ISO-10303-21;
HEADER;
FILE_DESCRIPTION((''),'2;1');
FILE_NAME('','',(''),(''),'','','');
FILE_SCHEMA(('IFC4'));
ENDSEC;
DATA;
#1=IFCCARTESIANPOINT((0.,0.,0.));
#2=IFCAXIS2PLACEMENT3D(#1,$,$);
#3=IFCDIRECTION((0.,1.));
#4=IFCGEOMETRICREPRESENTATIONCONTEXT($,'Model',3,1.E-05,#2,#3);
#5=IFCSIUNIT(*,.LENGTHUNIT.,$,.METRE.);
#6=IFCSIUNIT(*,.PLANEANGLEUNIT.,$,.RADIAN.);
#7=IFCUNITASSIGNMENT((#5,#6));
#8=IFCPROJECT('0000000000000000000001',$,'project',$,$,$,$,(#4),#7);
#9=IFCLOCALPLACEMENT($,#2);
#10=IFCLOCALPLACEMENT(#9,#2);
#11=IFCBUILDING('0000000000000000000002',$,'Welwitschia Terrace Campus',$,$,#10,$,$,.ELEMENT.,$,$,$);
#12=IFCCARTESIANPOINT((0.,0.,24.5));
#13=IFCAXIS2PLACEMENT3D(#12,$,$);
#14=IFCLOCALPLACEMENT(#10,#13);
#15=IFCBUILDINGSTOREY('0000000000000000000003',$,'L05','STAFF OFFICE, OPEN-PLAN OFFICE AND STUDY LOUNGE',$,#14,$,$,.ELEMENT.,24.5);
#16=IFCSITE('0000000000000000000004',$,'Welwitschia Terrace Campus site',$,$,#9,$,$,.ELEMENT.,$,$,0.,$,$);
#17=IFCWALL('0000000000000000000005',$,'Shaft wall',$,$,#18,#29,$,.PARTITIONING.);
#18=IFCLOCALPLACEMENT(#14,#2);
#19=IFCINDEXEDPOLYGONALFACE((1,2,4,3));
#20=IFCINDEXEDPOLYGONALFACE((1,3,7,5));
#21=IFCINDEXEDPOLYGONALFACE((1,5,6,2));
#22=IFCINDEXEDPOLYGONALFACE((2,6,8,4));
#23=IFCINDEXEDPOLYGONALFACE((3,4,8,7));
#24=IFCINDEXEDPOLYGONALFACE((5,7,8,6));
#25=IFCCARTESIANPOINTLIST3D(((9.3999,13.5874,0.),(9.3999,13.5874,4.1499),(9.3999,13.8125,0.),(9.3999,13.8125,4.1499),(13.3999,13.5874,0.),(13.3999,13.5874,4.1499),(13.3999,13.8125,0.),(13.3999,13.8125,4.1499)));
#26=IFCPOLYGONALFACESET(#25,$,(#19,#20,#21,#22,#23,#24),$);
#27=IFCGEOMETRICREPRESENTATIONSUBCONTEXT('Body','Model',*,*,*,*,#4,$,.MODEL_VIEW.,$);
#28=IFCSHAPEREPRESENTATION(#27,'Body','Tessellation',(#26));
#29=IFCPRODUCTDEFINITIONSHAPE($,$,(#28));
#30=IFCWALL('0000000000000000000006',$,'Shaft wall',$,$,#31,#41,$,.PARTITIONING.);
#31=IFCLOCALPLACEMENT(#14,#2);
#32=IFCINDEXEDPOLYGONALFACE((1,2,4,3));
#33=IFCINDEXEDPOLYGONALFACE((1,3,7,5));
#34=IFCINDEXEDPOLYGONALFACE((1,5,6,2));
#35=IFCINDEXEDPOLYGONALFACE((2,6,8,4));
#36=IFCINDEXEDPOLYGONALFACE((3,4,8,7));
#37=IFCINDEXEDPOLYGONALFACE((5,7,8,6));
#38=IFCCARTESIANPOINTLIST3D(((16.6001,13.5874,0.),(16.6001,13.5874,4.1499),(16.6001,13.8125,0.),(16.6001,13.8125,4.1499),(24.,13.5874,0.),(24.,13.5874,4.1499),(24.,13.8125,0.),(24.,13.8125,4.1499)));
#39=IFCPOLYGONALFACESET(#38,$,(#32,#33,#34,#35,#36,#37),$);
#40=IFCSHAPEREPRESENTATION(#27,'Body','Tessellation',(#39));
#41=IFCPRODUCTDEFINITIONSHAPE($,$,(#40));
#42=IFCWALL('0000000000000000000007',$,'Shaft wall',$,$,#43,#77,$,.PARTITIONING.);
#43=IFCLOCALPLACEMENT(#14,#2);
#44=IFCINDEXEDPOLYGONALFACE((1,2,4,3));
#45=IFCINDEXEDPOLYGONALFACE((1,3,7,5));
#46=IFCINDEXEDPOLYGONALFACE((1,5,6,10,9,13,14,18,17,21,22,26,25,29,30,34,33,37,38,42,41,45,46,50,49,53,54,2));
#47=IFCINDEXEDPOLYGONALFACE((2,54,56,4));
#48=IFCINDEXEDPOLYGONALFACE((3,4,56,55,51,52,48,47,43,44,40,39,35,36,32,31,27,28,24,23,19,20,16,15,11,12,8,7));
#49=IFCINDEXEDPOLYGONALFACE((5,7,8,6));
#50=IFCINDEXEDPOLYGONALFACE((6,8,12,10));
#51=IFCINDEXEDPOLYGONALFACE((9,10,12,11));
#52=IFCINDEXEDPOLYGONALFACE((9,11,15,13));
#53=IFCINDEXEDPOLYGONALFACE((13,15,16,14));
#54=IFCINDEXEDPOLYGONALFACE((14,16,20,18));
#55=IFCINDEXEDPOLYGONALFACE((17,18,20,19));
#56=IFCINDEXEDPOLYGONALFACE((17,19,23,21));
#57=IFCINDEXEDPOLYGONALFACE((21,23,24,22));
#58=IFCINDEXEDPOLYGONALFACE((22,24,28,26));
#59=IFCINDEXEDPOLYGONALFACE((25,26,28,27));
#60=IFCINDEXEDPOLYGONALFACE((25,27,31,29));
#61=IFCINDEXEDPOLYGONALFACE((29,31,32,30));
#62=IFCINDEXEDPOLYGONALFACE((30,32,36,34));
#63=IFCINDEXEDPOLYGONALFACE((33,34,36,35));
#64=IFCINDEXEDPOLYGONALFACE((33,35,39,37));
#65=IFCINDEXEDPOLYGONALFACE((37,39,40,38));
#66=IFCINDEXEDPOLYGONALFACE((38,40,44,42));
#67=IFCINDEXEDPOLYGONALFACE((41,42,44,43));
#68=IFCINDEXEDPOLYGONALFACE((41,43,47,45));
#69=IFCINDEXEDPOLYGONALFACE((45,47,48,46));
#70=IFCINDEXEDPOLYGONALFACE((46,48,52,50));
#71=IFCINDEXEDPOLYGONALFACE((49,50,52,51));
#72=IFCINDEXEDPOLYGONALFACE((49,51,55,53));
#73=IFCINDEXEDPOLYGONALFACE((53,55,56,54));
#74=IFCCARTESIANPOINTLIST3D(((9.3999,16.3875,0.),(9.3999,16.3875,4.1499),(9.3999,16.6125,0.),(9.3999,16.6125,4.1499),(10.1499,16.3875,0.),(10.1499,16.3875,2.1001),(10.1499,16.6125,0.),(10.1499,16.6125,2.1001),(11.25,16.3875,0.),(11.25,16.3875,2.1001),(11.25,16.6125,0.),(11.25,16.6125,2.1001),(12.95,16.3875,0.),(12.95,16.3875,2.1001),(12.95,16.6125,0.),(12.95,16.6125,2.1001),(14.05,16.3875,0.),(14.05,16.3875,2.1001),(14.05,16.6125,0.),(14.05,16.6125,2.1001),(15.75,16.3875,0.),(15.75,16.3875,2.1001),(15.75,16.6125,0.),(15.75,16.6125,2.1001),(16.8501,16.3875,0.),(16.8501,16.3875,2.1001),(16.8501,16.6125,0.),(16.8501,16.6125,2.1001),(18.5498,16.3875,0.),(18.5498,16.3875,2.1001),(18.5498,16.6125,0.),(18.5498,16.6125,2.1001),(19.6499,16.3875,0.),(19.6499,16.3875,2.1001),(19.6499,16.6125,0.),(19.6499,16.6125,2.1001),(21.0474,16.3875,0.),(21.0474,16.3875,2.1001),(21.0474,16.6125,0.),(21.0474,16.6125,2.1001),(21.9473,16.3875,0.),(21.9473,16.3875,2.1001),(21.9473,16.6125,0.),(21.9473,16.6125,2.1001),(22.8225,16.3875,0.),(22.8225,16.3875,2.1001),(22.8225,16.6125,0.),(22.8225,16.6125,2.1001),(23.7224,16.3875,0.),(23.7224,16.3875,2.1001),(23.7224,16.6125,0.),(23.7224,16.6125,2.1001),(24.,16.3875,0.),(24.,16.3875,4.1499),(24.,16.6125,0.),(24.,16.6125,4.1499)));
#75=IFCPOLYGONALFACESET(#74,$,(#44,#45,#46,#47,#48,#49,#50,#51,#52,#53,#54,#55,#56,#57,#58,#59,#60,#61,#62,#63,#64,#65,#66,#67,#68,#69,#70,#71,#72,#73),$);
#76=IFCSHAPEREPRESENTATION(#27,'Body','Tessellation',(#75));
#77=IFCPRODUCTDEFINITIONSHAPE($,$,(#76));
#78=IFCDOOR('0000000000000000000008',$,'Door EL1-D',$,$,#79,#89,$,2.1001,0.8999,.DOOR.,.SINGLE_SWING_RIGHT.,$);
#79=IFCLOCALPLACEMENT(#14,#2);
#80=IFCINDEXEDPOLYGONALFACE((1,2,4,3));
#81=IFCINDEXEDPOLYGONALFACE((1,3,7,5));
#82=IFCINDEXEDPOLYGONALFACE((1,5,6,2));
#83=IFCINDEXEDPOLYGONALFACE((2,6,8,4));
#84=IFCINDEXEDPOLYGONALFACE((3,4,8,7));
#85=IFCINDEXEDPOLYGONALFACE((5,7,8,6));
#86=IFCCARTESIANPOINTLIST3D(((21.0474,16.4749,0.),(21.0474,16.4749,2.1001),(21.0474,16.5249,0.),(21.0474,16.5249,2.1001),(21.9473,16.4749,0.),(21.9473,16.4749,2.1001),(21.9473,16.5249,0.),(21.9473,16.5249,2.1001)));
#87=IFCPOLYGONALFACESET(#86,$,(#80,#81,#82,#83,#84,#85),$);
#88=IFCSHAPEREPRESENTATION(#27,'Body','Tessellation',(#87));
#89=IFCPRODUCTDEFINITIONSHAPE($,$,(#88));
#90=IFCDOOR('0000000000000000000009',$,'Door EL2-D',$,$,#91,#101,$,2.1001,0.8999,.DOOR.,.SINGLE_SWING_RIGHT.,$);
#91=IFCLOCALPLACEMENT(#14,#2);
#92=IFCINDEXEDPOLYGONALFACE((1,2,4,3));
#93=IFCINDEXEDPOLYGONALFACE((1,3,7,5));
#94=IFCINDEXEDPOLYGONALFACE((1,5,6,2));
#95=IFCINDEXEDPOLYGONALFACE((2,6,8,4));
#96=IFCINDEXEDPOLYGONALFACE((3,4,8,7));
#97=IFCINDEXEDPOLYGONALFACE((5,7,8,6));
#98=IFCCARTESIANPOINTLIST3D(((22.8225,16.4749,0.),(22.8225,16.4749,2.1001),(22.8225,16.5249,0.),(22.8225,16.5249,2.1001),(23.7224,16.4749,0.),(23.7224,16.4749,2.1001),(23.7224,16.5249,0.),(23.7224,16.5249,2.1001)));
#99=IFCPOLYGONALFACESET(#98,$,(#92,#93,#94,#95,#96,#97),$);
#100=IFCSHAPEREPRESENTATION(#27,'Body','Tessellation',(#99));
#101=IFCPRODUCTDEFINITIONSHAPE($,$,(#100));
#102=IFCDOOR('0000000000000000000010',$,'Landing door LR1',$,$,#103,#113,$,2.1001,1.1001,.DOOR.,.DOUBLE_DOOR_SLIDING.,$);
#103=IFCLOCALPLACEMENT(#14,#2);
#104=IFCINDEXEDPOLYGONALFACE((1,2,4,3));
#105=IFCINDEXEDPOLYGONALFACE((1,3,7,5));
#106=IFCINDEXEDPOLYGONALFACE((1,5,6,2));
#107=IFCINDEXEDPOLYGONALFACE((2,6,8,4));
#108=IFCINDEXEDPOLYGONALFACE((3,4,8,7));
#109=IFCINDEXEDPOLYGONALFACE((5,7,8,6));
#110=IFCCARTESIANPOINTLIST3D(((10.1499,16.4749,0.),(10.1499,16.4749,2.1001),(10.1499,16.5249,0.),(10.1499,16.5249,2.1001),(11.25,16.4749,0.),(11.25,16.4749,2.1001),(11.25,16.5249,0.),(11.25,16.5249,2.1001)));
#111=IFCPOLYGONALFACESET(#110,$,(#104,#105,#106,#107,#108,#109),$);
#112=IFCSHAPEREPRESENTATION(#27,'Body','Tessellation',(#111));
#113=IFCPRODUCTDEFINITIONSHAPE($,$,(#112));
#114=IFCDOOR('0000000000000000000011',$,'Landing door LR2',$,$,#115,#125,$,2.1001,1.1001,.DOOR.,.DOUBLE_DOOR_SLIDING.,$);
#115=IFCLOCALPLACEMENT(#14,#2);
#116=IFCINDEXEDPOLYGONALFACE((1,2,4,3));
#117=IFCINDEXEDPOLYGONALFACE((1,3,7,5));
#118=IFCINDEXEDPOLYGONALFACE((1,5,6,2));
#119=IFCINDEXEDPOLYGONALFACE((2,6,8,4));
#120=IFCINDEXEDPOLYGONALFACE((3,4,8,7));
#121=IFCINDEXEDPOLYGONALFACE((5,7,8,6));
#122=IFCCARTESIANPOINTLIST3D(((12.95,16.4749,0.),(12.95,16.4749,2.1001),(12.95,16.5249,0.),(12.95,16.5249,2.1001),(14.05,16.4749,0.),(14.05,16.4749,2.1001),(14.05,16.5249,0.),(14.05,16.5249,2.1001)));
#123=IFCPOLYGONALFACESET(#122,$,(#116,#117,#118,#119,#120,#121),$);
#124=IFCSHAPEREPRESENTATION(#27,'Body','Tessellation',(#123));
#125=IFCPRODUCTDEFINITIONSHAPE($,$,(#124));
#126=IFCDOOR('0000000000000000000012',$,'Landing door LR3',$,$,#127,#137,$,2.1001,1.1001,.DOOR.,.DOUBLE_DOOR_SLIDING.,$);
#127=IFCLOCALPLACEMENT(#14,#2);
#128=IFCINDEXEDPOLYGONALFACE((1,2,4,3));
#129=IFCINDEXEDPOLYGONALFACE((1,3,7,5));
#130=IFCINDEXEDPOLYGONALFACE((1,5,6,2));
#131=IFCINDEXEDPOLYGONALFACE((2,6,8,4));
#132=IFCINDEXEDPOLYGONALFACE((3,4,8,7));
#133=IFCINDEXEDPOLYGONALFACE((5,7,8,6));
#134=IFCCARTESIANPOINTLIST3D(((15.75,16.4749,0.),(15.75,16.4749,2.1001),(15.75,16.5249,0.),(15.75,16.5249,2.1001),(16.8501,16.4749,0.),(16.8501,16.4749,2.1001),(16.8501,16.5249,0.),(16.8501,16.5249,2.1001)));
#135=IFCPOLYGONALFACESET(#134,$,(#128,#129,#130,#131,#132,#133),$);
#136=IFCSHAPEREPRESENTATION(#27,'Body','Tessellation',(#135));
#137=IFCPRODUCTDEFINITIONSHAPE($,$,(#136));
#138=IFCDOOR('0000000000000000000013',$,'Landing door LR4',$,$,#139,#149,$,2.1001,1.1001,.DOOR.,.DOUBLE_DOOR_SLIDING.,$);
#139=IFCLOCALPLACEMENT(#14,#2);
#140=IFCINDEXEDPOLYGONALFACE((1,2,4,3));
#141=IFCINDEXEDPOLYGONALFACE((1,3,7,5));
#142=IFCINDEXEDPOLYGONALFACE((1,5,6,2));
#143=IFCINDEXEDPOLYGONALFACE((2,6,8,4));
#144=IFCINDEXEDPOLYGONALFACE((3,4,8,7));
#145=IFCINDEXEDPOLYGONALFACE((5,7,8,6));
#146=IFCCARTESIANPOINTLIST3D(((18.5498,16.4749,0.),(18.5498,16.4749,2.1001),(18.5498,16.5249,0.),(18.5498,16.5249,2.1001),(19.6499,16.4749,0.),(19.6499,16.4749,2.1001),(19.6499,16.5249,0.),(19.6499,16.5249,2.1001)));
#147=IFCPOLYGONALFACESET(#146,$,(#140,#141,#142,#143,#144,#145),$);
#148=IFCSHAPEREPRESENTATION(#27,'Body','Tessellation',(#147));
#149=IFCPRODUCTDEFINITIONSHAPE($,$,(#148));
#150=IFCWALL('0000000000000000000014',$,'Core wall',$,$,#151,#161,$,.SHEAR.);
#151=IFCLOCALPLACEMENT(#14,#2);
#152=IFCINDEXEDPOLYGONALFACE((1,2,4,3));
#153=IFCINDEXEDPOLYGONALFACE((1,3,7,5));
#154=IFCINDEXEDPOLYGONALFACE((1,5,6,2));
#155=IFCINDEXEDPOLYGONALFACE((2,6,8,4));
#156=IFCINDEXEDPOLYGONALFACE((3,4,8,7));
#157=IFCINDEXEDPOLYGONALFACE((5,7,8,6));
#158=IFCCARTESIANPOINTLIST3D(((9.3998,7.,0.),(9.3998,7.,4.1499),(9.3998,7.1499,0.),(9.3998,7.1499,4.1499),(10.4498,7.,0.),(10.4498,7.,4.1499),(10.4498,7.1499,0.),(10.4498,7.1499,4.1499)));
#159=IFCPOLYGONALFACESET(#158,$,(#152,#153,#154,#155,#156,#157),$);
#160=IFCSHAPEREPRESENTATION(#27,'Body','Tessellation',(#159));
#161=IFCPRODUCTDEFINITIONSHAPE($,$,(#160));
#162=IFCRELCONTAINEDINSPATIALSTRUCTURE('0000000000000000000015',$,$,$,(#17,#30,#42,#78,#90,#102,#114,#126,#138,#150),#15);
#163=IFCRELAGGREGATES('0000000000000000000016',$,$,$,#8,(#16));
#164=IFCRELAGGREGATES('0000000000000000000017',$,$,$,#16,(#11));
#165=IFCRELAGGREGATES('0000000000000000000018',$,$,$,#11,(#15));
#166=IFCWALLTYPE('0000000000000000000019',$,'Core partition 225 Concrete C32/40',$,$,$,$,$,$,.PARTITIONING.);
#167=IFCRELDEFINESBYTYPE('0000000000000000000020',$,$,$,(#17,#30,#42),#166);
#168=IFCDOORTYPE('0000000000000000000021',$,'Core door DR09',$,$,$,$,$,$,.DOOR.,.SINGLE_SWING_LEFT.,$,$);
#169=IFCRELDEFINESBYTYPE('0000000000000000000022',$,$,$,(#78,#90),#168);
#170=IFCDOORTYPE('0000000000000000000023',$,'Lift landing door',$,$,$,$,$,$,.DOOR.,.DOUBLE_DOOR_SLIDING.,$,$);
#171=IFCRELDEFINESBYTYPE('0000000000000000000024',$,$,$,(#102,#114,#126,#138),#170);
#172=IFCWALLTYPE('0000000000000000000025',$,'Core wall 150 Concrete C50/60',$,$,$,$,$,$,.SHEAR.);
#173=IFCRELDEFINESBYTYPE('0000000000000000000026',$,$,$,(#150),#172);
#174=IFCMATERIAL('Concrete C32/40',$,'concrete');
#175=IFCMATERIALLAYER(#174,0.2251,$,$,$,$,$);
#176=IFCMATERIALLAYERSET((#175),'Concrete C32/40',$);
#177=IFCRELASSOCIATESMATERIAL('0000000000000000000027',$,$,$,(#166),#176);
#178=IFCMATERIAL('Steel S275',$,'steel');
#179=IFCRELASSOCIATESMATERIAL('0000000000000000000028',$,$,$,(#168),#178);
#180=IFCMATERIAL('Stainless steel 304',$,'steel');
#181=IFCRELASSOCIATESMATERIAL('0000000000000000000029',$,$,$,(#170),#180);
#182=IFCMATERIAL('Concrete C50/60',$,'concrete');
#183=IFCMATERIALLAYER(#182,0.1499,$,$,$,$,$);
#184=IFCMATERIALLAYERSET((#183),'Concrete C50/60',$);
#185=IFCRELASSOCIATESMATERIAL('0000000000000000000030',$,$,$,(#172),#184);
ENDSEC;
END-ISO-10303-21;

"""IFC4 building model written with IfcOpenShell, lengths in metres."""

from ifc_helpers import new_model, si_unit, direction, frame, frame_2d, origin, place, context, subcontext, project, spatial, rectangle, extrude, material, layer, layer_set, type_object, element, fill, save


model = new_model("IFC4")

# Units and contexts
model_context = context("Model", 3, precision=1e-05, world=origin(), true_north=direction((0.0, 1.0)))
body_context = subcontext(model_context, "Body", "Model", "MODEL_VIEW")
ifc_project = project(units=[si_unit("LENGTHUNIT", "METRE"), si_unit("PLANEANGLEUNIT", "RADIAN")], contexts=[model_context])

# Site, building, storey
site_placement = place(None, origin())
site = spatial("IfcSite", under=ifc_project, at=site_placement, Name="Welwitschia Terrace Campus site", CompositionType="ELEMENT", RefElevation=0.0)
building_placement = place(site_placement, origin())
building = spatial("IfcBuilding", under=site, at=building_placement, Name="Welwitschia Terrace Campus", CompositionType="ELEMENT")
storey_placement = place(building_placement, frame((0.0, 0.0, 24.5)))
storey = spatial("IfcBuildingStorey", under=building, at=storey_placement, Name="L05", Description="STAFF OFFICE, OPEN-PLAN OFFICE AND STUDY LOUNGE", CompositionType="ELEMENT", Elevation=24.5)

# Walls
ifc_material_1 = material(Name="Concrete C32/40", Category="concrete")
ifc_layer_1 = layer(ifc_material_1, 0.2251)
ifc_layer_set_1 = layer_set([ifc_layer_1], Name="Concrete C32/40")
wall_type_1 = type_object("IfcWallType", Name="Core partition 225 Concrete C32/40", PredefinedType="PARTITIONING", material=ifc_layer_set_1)
wall_1_placement = place(storey_placement, frame((9.3999, 13.7, 0.0), z_axis=(0.0, 0.0, 1.0), x_axis=(1.0, 0.0, 0.0)))
element("IfcWall", 1, at=wall_1_placement, inside=storey, type_object=wall_type_1, Name="Shaft wall", PredefinedType="PARTITIONING", context=body_context, shape_type="SweptSolid", body=[
    extrude(rectangle(XDim=4.0, YDim=0.2251, at=frame_2d((2.0, 0.0))), origin(), (0.0, 0.0, 1.0), 4.1499),
])
wall_2_placement = place(storey_placement, frame((16.6001, 13.7, 0.0), z_axis=(0.0, 0.0, 1.0), x_axis=(1.0, 0.0, 0.0)))
element("IfcWall", 2, at=wall_2_placement, inside=storey, type_object=wall_type_1, Name="Shaft wall", PredefinedType="PARTITIONING", context=body_context, shape_type="SweptSolid", body=[
    extrude(rectangle(XDim=7.3999, YDim=0.2251, at=frame_2d((3.7, 0.0))), origin(), (0.0, 0.0, 1.0), 4.1499),
])

# Wall, openings, doors
wall_3_placement = place(storey_placement, frame((9.3999, 16.5, 0.0), z_axis=(0.0, 0.0, 1.0), x_axis=(1.0, 0.0, 0.0)))
wall_3 = element("IfcWall", 3, at=wall_3_placement, inside=storey, type_object=wall_type_1, Name="Shaft wall", PredefinedType="PARTITIONING", context=body_context, shape_type="SweptSolid", body=[
    extrude(rectangle(XDim=14.6001, YDim=0.2251, at=frame_2d((7.3, 0.0))), origin(), (0.0, 0.0, 1.0), 4.1499),
])
opening_1_placement = place(wall_3_placement, frame((0.75, 0.0, 0.0)))
opening_1 = element("IfcOpeningElement", 4, at=opening_1_placement, cuts=wall_3, PredefinedType="OPENING", context=body_context, shape_type="SweptSolid", body=[
    extrude(rectangle(XDim=1.1001, YDim=2.1001, at=frame_2d((0.55, 1.05))), frame((0.0, 0.1226, 0.0), z_axis=(0.0, -1.0, 0.0), x_axis=(1.0, 0.0, 0.0)), (0.0, 0.0, 1.0), 0.2451),
])
opening_2_placement = place(wall_3_placement, frame((3.55, 0.0, 0.0)))
opening_2 = element("IfcOpeningElement", 5, at=opening_2_placement, cuts=wall_3, PredefinedType="OPENING", context=body_context, shape_type="SweptSolid", body=[
    extrude(rectangle(XDim=1.1001, YDim=2.1001, at=frame_2d((0.55, 1.05))), frame((0.0, 0.1226, 0.0), z_axis=(0.0, -1.0, 0.0), x_axis=(1.0, 0.0, 0.0)), (0.0, 0.0, 1.0), 0.2451),
])
opening_3_placement = place(wall_3_placement, frame((6.3501, 0.0, 0.0)))
opening_3 = element("IfcOpeningElement", 6, at=opening_3_placement, cuts=wall_3, PredefinedType="OPENING", context=body_context, shape_type="SweptSolid", body=[
    extrude(rectangle(XDim=1.1001, YDim=2.1001, at=frame_2d((0.55, 1.05))), frame((0.0, 0.1226, 0.0), z_axis=(0.0, -1.0, 0.0), x_axis=(1.0, 0.0, 0.0)), (0.0, 0.0, 1.0), 0.2451),
])
opening_4_placement = place(wall_3_placement, frame((9.1499, 0.0, 0.0)))
opening_4 = element("IfcOpeningElement", 7, at=opening_4_placement, cuts=wall_3, PredefinedType="OPENING", context=body_context, shape_type="SweptSolid", body=[
    extrude(rectangle(XDim=1.1001, YDim=2.1001, at=frame_2d((0.55, 1.05))), frame((0.0, 0.1226, 0.0), z_axis=(0.0, -1.0, 0.0), x_axis=(1.0, 0.0, 0.0)), (0.0, 0.0, 1.0), 0.2451),
])
opening_5_placement = place(wall_3_placement, frame((11.6475, 0.0, 0.0)))
opening_5 = element("IfcOpeningElement", 8, at=opening_5_placement, cuts=wall_3, PredefinedType="OPENING", context=body_context, shape_type="SweptSolid", body=[
    extrude(rectangle(XDim=0.8999, YDim=2.1001, at=frame_2d((0.45, 1.05))), frame((0.0, 0.1226, 0.0), z_axis=(0.0, -1.0, 0.0), x_axis=(1.0, 0.0, 0.0)), (0.0, 0.0, 1.0), 0.2451),
])
opening_6_placement = place(wall_3_placement, frame((13.4226, 0.0, 0.0)))
opening_6 = element("IfcOpeningElement", 9, at=opening_6_placement, cuts=wall_3, PredefinedType="OPENING", context=body_context, shape_type="SweptSolid", body=[
    extrude(rectangle(XDim=0.8999, YDim=2.1001, at=frame_2d((0.45, 1.05))), frame((0.0, 0.1226, 0.0), z_axis=(0.0, -1.0, 0.0), x_axis=(1.0, 0.0, 0.0)), (0.0, 0.0, 1.0), 0.2451),
])
ifc_material_2 = material(Name="Steel S275", Category="steel")
door_type_1 = type_object("IfcDoorType", Name="Core door DR09", OperationType="SINGLE_SWING_LEFT", PredefinedType="DOOR", material=ifc_material_2)
door_1_placement = place(opening_5_placement, origin())
door_1 = element("IfcDoor", 10, at=door_1_placement, inside=storey, type_object=door_type_1, Name="Door EL1-D", OperationType="SINGLE_SWING_RIGHT", OverallHeight=2.1001, OverallWidth=0.8999, PredefinedType="DOOR", context=body_context, shape_type="SweptSolid", body=[
    extrude(rectangle(XDim=0.8999, YDim=2.1001, at=frame_2d((0.45, 1.05))), frame((0.0, 0.0249, 0.0), z_axis=(0.0, -1.0, 0.0), x_axis=(1.0, 0.0, 0.0)), (0.0, 0.0, 1.0), 0.05),
])
fill(opening_5, door_1)
door_2_placement = place(opening_6_placement, origin())
door_2 = element("IfcDoor", 11, at=door_2_placement, inside=storey, type_object=door_type_1, Name="Door EL2-D", OperationType="SINGLE_SWING_RIGHT", OverallHeight=2.1001, OverallWidth=0.8999, PredefinedType="DOOR", context=body_context, shape_type="SweptSolid", body=[
    extrude(rectangle(XDim=0.8999, YDim=2.1001, at=frame_2d((0.45, 1.05))), frame((0.0, 0.0249, 0.0), z_axis=(0.0, -1.0, 0.0), x_axis=(1.0, 0.0, 0.0)), (0.0, 0.0, 1.0), 0.05),
])
fill(opening_6, door_2)
ifc_material_3 = material(Name="Stainless steel 304", Category="steel")
door_type_2 = type_object("IfcDoorType", Name="Lift landing door", OperationType="DOUBLE_DOOR_SLIDING", PredefinedType="DOOR", material=ifc_material_3)
door_3_placement = place(opening_1_placement, origin())
door_3 = element("IfcDoor", 12, at=door_3_placement, inside=storey, type_object=door_type_2, Name="Landing door LR1", OperationType="DOUBLE_DOOR_SLIDING", OverallHeight=2.1001, OverallWidth=1.1001, PredefinedType="DOOR", context=body_context, shape_type="SweptSolid", body=[
    extrude(rectangle(XDim=1.1001, YDim=2.1001, at=frame_2d((0.55, 1.05))), frame((0.0, 0.0249, 0.0), z_axis=(0.0, -1.0, 0.0), x_axis=(1.0, 0.0, 0.0)), (0.0, 0.0, 1.0), 0.05),
])
fill(opening_1, door_3)
door_4_placement = place(opening_2_placement, origin())
door_4 = element("IfcDoor", 13, at=door_4_placement, inside=storey, type_object=door_type_2, Name="Landing door LR2", OperationType="DOUBLE_DOOR_SLIDING", OverallHeight=2.1001, OverallWidth=1.1001, PredefinedType="DOOR", context=body_context, shape_type="SweptSolid", body=[
    extrude(rectangle(XDim=1.1001, YDim=2.1001, at=frame_2d((0.55, 1.05))), frame((0.0, 0.0249, 0.0), z_axis=(0.0, -1.0, 0.0), x_axis=(1.0, 0.0, 0.0)), (0.0, 0.0, 1.0), 0.05),
])
fill(opening_2, door_4)
door_5_placement = place(opening_3_placement, origin())
door_5 = element("IfcDoor", 14, at=door_5_placement, inside=storey, type_object=door_type_2, Name="Landing door LR3", OperationType="DOUBLE_DOOR_SLIDING", OverallHeight=2.1001, OverallWidth=1.1001, PredefinedType="DOOR", context=body_context, shape_type="SweptSolid", body=[
    extrude(rectangle(XDim=1.1001, YDim=2.1001, at=frame_2d((0.55, 1.05))), frame((0.0, 0.0249, 0.0), z_axis=(0.0, -1.0, 0.0), x_axis=(1.0, 0.0, 0.0)), (0.0, 0.0, 1.0), 0.05),
])
fill(opening_3, door_5)
door_6_placement = place(opening_4_placement, origin())
door_6 = element("IfcDoor", 15, at=door_6_placement, inside=storey, type_object=door_type_2, Name="Landing door LR4", OperationType="DOUBLE_DOOR_SLIDING", OverallHeight=2.1001, OverallWidth=1.1001, PredefinedType="DOOR", context=body_context, shape_type="SweptSolid", body=[
    extrude(rectangle(XDim=1.1001, YDim=2.1001, at=frame_2d((0.55, 1.05))), frame((0.0, 0.0249, 0.0), z_axis=(0.0, -1.0, 0.0), x_axis=(1.0, 0.0, 0.0)), (0.0, 0.0, 1.0), 0.05),
])
fill(opening_4, door_6)

# Wall
ifc_material_4 = material(Name="Concrete C50/60", Category="concrete")
ifc_layer_2 = layer(ifc_material_4, 0.1499)
ifc_layer_set_2 = layer_set([ifc_layer_2], Name="Concrete C50/60")
wall_type_2 = type_object("IfcWallType", Name="Core wall 150 Concrete C50/60", PredefinedType="SHEAR", material=ifc_layer_set_2)
for number, where, z_axis, x_axis, name in (
    (16, (9.3999, 7.075, 0.0), (0.0, 0.0, 1.0), (1.0, 0.0, 0.0), "Core wall"),
):
    element("IfcWall", number, at=place(storey_placement, frame(where, z_axis=z_axis, x_axis=x_axis)), inside=storey, type_object=wall_type_2, Name=name, PredefinedType="SHEAR", context=body_context, shape_type="SweptSolid", body=[
        extrude(rectangle(XDim=1.05, YDim=0.1499, at=frame_2d((0.5249, 0.0))), origin(), (0.0, 0.0, 1.0), 4.1499),
    ])

save(model, "model.ifc")
